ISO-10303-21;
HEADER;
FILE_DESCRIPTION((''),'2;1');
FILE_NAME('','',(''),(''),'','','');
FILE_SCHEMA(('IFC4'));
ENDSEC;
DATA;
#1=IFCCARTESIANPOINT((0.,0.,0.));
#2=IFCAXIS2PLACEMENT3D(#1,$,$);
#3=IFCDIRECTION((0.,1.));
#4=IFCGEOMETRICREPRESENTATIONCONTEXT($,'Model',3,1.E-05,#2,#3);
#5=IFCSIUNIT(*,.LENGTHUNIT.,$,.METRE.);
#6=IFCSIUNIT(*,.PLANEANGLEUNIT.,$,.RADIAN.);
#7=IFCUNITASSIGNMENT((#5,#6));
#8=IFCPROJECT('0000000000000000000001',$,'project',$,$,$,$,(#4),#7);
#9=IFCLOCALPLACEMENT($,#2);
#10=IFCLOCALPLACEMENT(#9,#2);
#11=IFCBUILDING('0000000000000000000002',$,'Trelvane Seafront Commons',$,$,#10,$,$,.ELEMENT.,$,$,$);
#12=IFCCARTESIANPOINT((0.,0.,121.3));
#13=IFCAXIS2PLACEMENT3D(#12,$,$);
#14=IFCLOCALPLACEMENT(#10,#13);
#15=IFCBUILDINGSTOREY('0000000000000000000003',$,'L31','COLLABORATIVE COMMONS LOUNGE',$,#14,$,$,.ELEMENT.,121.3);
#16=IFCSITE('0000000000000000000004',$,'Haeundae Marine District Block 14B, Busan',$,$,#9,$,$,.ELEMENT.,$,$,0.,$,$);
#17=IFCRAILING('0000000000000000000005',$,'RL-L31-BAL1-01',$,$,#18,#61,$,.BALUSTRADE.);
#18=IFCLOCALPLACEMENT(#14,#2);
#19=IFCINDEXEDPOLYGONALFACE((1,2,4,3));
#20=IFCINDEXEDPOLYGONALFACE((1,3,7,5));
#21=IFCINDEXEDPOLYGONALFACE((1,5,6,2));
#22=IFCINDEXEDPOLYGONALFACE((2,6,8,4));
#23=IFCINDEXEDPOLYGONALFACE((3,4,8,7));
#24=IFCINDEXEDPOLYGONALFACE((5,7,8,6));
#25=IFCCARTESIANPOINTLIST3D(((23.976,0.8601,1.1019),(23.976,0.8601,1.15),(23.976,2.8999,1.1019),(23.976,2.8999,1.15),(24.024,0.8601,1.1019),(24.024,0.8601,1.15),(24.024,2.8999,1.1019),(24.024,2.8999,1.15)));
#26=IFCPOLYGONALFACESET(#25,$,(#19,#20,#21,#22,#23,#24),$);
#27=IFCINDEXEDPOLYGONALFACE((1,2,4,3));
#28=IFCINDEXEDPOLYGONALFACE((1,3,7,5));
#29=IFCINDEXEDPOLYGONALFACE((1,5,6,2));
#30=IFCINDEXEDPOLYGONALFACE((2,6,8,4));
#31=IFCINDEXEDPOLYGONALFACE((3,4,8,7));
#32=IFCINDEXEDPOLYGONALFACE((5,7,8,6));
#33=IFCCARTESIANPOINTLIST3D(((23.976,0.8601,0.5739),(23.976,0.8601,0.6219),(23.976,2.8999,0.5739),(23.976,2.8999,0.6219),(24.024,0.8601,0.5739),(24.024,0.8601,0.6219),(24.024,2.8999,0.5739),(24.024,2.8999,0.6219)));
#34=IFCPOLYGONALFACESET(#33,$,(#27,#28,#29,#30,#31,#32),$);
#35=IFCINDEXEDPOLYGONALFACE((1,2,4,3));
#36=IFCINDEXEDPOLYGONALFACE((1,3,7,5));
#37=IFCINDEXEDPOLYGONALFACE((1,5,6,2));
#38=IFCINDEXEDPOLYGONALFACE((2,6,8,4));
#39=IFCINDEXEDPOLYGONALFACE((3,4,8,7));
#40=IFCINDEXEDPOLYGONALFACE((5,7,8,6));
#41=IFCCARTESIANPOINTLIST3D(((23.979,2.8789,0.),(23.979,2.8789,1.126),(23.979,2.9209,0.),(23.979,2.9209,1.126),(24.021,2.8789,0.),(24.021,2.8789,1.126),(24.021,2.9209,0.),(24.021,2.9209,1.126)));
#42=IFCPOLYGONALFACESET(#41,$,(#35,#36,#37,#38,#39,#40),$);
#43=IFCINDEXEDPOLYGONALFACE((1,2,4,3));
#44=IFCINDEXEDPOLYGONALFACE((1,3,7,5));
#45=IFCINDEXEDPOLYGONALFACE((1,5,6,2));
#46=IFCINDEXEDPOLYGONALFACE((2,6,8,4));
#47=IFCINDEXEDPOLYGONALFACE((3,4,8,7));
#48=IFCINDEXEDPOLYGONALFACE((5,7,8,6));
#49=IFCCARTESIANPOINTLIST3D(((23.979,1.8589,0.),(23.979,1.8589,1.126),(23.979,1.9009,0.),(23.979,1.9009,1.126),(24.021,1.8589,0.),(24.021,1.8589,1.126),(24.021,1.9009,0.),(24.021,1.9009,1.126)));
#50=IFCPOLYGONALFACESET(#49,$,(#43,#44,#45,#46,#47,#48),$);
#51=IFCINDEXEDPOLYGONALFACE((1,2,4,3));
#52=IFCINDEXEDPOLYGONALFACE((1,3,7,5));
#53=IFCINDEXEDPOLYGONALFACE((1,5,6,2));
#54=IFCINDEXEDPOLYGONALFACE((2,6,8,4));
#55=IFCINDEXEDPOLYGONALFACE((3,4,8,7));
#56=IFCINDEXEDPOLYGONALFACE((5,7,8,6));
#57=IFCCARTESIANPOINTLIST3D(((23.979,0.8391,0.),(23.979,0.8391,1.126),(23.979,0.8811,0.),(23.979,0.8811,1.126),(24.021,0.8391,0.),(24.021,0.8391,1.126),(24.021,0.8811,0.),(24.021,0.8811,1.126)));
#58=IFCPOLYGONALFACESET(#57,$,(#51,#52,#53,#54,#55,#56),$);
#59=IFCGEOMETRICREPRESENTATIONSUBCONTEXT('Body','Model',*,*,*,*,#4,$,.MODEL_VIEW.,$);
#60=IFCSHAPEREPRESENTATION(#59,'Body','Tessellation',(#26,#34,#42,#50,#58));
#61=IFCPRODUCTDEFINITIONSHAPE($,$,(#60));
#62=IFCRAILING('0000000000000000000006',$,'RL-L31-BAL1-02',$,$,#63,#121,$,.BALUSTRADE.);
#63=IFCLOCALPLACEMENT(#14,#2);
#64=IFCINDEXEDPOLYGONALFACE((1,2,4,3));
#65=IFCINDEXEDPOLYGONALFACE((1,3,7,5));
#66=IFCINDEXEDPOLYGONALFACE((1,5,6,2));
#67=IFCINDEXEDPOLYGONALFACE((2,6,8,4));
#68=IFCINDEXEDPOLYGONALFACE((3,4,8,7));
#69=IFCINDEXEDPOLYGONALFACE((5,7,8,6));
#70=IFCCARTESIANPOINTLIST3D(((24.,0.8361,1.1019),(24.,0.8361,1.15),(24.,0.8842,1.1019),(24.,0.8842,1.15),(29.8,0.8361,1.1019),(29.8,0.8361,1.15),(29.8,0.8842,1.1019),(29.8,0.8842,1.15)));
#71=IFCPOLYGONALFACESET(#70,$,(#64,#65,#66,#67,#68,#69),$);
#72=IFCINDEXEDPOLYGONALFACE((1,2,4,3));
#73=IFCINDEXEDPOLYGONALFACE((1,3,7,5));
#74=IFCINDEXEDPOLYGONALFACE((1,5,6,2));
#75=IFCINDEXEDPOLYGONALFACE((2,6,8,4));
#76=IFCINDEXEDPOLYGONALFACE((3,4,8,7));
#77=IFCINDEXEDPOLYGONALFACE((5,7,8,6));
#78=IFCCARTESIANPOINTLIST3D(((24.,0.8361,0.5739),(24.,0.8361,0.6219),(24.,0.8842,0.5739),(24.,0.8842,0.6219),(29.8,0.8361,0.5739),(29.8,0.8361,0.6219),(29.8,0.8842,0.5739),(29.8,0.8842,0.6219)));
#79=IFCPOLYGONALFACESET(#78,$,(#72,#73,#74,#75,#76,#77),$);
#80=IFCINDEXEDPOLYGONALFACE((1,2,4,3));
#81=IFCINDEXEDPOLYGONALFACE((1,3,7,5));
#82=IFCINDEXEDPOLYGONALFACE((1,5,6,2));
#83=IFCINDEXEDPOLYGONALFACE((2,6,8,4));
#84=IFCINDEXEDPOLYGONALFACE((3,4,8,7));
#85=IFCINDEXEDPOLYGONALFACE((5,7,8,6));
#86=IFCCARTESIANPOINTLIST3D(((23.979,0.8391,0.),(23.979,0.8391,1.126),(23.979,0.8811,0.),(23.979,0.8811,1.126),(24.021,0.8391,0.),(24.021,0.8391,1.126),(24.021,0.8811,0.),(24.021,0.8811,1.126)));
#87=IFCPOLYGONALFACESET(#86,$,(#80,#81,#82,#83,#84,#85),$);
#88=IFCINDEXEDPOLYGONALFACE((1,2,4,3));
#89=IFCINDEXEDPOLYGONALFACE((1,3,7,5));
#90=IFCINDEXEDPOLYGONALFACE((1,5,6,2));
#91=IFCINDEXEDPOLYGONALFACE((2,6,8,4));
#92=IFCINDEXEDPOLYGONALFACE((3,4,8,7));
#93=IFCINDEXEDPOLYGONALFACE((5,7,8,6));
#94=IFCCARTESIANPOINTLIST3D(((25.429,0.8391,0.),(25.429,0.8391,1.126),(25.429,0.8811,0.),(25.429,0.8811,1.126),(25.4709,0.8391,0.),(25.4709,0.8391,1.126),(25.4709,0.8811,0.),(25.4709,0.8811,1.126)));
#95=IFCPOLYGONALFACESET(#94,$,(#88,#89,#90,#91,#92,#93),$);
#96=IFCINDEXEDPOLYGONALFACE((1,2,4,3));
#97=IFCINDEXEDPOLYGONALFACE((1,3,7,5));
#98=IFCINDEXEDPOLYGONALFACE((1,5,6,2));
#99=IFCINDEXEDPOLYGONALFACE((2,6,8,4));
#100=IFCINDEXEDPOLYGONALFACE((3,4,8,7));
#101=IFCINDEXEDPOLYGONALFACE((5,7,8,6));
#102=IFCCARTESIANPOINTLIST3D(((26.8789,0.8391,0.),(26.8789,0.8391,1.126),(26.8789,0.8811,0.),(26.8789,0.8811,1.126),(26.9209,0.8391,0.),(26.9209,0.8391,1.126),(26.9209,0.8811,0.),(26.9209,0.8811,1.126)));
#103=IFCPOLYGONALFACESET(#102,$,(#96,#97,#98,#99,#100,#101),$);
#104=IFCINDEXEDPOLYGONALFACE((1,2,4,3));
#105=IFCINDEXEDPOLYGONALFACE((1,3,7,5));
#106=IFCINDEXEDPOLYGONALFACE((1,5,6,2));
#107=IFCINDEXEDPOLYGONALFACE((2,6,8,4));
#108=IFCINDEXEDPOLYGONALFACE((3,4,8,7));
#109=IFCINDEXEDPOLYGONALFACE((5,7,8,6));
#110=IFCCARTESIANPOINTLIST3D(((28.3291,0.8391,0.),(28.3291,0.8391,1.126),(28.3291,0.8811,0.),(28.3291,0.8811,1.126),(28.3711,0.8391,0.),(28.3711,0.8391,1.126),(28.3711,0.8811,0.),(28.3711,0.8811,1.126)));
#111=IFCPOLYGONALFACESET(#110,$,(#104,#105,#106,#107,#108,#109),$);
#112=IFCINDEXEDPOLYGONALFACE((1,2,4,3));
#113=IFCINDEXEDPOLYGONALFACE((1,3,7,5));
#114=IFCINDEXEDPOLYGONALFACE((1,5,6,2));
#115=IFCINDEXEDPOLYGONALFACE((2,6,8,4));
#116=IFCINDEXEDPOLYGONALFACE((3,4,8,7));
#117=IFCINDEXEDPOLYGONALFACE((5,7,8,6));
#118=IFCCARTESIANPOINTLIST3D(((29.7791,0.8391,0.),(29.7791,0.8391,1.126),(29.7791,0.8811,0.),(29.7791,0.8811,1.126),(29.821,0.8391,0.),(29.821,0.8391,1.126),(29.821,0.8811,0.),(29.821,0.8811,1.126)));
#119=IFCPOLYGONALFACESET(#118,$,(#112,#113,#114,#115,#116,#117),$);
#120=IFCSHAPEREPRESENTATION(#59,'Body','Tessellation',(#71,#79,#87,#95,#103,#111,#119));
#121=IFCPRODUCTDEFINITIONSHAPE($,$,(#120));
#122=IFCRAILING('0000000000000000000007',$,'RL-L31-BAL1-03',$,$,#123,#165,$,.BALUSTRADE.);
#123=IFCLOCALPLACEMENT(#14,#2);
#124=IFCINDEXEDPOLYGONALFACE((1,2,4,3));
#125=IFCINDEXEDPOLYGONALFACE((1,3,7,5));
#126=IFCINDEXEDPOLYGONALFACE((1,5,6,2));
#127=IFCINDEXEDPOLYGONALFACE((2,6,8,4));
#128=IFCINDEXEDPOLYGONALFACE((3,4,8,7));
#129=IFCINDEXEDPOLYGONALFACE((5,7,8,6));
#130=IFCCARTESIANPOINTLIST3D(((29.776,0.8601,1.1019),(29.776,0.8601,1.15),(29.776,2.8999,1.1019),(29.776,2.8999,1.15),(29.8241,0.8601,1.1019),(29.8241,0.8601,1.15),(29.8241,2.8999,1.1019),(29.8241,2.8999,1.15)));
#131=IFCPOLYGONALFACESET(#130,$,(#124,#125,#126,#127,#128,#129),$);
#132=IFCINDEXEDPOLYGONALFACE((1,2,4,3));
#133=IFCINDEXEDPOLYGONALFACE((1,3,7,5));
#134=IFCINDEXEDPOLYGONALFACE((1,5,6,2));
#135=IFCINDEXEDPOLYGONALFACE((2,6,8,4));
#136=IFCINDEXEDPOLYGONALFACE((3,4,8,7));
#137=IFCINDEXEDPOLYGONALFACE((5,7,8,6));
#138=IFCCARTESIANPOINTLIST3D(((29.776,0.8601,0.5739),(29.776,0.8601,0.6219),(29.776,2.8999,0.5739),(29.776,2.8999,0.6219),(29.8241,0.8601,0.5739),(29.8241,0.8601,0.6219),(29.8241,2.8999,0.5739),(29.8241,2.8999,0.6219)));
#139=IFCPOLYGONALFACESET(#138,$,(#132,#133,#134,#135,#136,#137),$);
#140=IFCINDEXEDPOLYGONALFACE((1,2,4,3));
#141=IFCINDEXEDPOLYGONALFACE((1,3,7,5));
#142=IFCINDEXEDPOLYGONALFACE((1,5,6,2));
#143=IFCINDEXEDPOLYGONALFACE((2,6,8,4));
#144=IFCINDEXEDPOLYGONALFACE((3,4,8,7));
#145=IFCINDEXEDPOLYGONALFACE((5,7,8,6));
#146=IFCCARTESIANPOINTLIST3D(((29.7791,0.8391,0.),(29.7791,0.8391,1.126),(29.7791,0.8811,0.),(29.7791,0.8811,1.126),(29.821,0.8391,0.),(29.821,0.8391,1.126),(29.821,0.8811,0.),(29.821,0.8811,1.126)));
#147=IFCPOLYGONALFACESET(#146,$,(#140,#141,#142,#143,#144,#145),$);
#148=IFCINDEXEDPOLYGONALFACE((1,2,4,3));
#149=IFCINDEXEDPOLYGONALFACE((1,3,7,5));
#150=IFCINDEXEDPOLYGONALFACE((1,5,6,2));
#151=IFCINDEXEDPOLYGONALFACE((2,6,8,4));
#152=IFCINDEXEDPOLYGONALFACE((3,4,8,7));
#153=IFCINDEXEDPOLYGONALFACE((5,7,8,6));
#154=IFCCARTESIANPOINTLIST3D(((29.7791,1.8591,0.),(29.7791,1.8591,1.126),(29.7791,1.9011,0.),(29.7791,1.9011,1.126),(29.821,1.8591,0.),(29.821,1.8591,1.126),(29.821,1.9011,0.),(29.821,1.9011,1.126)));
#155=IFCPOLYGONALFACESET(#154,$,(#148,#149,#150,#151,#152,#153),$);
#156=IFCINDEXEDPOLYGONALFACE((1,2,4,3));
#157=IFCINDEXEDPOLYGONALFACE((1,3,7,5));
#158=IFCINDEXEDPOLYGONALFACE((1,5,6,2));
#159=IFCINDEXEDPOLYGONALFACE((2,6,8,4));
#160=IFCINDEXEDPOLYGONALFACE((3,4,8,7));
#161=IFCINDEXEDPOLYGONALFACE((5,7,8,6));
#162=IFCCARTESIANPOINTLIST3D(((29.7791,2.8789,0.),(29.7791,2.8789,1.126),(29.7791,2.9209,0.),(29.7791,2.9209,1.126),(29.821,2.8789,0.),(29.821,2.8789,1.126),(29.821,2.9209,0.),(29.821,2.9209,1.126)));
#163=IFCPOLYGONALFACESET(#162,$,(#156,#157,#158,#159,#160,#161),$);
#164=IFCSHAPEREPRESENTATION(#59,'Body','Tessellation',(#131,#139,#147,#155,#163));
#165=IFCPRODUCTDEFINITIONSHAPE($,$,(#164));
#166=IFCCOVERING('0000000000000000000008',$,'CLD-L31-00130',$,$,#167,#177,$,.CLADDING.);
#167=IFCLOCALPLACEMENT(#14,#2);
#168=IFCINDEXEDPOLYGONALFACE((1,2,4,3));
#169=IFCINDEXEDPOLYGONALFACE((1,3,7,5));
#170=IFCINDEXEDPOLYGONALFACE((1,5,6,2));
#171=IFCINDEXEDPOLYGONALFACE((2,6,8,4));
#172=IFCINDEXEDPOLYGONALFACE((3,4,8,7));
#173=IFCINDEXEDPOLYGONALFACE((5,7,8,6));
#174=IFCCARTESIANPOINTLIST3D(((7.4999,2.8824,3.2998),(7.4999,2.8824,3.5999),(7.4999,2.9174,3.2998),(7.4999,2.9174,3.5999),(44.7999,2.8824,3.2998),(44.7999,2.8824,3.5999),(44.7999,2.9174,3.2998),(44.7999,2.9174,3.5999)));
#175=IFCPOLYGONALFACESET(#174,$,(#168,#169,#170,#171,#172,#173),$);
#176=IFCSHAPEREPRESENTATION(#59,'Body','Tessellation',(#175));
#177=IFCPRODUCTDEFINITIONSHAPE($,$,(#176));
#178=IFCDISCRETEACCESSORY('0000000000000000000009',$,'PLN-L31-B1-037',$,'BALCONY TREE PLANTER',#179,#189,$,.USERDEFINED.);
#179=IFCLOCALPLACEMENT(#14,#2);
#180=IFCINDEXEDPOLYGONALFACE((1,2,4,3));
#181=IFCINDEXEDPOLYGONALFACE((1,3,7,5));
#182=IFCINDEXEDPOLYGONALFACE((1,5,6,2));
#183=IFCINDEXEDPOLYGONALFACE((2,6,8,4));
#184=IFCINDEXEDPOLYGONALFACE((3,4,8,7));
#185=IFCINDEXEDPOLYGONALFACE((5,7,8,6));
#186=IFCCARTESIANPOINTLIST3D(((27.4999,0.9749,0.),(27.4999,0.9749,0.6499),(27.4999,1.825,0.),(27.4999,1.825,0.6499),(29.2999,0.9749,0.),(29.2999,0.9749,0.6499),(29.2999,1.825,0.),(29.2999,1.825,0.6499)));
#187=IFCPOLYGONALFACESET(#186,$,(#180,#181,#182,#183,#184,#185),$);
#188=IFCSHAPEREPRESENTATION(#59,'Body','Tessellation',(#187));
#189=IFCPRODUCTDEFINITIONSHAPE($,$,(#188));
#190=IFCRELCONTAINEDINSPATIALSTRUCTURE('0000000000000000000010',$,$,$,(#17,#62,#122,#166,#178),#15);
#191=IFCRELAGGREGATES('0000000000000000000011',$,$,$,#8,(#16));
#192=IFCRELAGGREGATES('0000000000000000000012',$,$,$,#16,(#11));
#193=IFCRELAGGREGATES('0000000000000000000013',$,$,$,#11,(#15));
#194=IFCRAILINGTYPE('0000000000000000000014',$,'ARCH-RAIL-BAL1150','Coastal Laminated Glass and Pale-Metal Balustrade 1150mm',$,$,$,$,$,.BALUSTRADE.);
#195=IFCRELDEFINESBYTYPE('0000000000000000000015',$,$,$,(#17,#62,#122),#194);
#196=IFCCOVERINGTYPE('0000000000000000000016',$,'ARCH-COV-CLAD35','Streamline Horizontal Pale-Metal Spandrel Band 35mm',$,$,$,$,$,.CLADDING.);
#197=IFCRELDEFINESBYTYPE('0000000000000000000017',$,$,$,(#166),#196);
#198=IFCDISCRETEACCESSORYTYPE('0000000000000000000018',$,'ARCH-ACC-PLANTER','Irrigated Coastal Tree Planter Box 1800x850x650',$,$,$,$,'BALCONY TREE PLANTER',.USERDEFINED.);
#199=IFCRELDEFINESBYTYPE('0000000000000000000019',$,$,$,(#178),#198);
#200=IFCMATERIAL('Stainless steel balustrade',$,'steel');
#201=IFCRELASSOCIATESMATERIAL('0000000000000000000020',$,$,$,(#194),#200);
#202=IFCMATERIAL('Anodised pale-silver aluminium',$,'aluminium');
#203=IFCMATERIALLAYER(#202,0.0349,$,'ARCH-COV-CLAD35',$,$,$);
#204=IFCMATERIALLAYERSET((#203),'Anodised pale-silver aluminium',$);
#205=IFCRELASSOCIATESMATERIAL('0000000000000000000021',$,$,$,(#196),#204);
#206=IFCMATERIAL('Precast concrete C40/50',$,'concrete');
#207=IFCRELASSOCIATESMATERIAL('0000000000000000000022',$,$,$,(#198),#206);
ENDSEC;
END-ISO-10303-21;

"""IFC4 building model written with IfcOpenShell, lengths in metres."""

from ifc_helpers import new_model, si_unit, direction, frame, origin, origin_2d, place, context, subcontext, project, spatial, rectangle, extrude, source, transform, mapped, material, layer, layer_set, type_object, element, save


model = new_model("IFC4")

# Units and contexts
model_context = context("Model", 3, precision=1e-05, world=origin(), true_north=direction((0.0, 1.0)))
body_context = subcontext(model_context, "Body", "Model", "MODEL_VIEW")
ifc_project = project(units=[si_unit("LENGTHUNIT", "METRE"), si_unit("PLANEANGLEUNIT", "RADIAN")], contexts=[model_context])

# Site, building, storey
site_placement = place(None, origin())
site = spatial("IfcSite", under=ifc_project, at=site_placement, Name="Haeundae Marine District Block 14B, Busan", CompositionType="ELEMENT", RefElevation=0.0)
building_placement = place(site_placement, origin())
building = spatial("IfcBuilding", under=site, at=building_placement, Name="Trelvane Seafront Commons", CompositionType="ELEMENT")
storey_placement = place(building_placement, frame((0.0, 0.0, 121.3)))
storey = spatial("IfcBuildingStorey", under=building, at=storey_placement, Name="L31", Description="COLLABORATIVE COMMONS LOUNGE", CompositionType="ELEMENT", Elevation=121.3)

# Shared definitions
ifc_material_1 = material(Name="Anodised pale-silver aluminium", Category="aluminium")

# Railings
ifc_material_2 = material(Name="Stainless steel balustrade", Category="steel")
railing_type = type_object("IfcRailingType", Name="ARCH-RAIL-BAL1150", Description="Coastal Laminated Glass and Pale-Metal Balustrade 1150mm", PredefinedType="BALUSTRADE", material=ifc_material_2)
railing_1_placement = place(storey_placement, frame((24.0, 2.8999, 0.0)))
element("IfcRailing", 1, at=railing_1_placement, inside=storey, type_object=railing_type, Name="RL-L31-BAL1-01", PredefinedType="BALUSTRADE", context=body_context, shape_type="SweptSolid", body=[
    extrude(rectangle(XDim=0.0481, YDim=0.0481, at=origin_2d()), frame((0.0, 0.0, 1.126), z_axis=(0.0, -1.0, 0.0), x_axis=(1.0, 0.0, 0.0)), (0.0, 0.0, 1.0), 2.0398),
    extrude(rectangle(XDim=0.0481, YDim=0.0481, at=origin_2d()), frame((0.0, 0.0, 0.5979), z_axis=(0.0, -1.0, 0.0), x_axis=(1.0, 0.0, 0.0)), (0.0, 0.0, 1.0), 2.0398),
    extrude(rectangle(XDim=0.042, YDim=0.042, at=origin_2d()), origin(), (0.0, 0.0, 1.0), 1.126),
    extrude(rectangle(XDim=0.042, YDim=0.042, at=origin_2d()), frame((0.0, -1.02, 0.0)), (0.0, 0.0, 1.0), 1.126),
    extrude(rectangle(XDim=0.042, YDim=0.042, at=origin_2d()), frame((0.0, -2.0398, 0.0)), (0.0, 0.0, 1.0), 1.126),
])
railing_2_placement = place(storey_placement, frame((24.0, 0.8601, 0.0)))
element("IfcRailing", 2, at=railing_2_placement, inside=storey, type_object=railing_type, Name="RL-L31-BAL1-02", PredefinedType="BALUSTRADE", context=body_context, shape_type="SweptSolid", body=[
    extrude(rectangle(XDim=0.0481, YDim=0.0481, at=origin_2d()), frame((0.0, 0.0, 1.126), z_axis=(1.0, 0.0, 0.0), x_axis=(0.0, 1.0, 0.0)), (0.0, 0.0, 1.0), 5.8),
    extrude(rectangle(XDim=0.0481, YDim=0.0481, at=origin_2d()), frame((0.0, 0.0, 0.5979), z_axis=(1.0, 0.0, 0.0), x_axis=(0.0, 1.0, 0.0)), (0.0, 0.0, 1.0), 5.8),
    extrude(rectangle(XDim=0.042, YDim=0.042, at=origin_2d()), origin(), (0.0, 0.0, 1.0), 1.126),
    extrude(rectangle(XDim=0.042, YDim=0.042, at=origin_2d()), frame((1.45, 0.0, 0.0)), (0.0, 0.0, 1.0), 1.126),
    extrude(rectangle(XDim=0.042, YDim=0.042, at=origin_2d()), frame((2.8999, 0.0, 0.0)), (0.0, 0.0, 1.0), 1.126),
    extrude(rectangle(XDim=0.042, YDim=0.042, at=origin_2d()), frame((4.3501, 0.0, 0.0)), (0.0, 0.0, 1.0), 1.126),
    extrude(rectangle(XDim=0.042, YDim=0.042, at=origin_2d()), frame((5.8, 0.0, 0.0)), (0.0, 0.0, 1.0), 1.126),
])
railing_3_placement = place(storey_placement, frame((29.8, 0.8601, 0.0)))
element("IfcRailing", 3, at=railing_3_placement, inside=storey, type_object=railing_type, Name="RL-L31-BAL1-03", PredefinedType="BALUSTRADE", context=body_context, shape_type="SweptSolid", body=[
    extrude(rectangle(XDim=0.0481, YDim=0.0481, at=origin_2d()), frame((0.0, 0.0, 1.126), z_axis=(0.0, 1.0, 0.0), x_axis=(-1.0, 0.0, 0.0)), (0.0, 0.0, 1.0), 2.0398),
    extrude(rectangle(XDim=0.0481, YDim=0.0481, at=origin_2d()), frame((0.0, 0.0, 0.5979), z_axis=(0.0, 1.0, 0.0), x_axis=(-1.0, 0.0, 0.0)), (0.0, 0.0, 1.0), 2.0398),
    extrude(rectangle(XDim=0.042, YDim=0.042, at=origin_2d()), origin(), (0.0, 0.0, 1.0), 1.126),
    extrude(rectangle(XDim=0.042, YDim=0.042, at=origin_2d()), frame((0.0, 1.02, 0.0)), (0.0, 0.0, 1.0), 1.126),
    extrude(rectangle(XDim=0.042, YDim=0.042, at=origin_2d()), frame((0.0, 2.0398, 0.0)), (0.0, 0.0, 1.0), 1.126),
])

# Covering
ifc_layer_1 = layer(ifc_material_1, 0.0349, Name="ARCH-COV-CLAD35")
ifc_layer_set_1 = layer_set([ifc_layer_1], Name="Anodised pale-silver aluminium")
covering_type = type_object("IfcCoveringType", Name="ARCH-COV-CLAD35", Description="Streamline Horizontal Pale-Metal Spandrel Band 35mm", PredefinedType="CLADDING", material=ifc_layer_set_1)
shared_shape_1 = source(origin(), body_context, "Body", "SweptSolid", [
    extrude(rectangle(XDim=37.3, YDim=0.0349, at=origin_2d()), origin(), (0.0, 0.0, 1.0), 0.3),
])
covering_placement = place(storey_placement, frame((26.1499, 2.8999, 3.2998), z_axis=(0.0, 0.0, 1.0), x_axis=(-1.0, 0.0, 0.0)))
element("IfcCovering", 4, at=covering_placement, inside=storey, type_object=covering_type, Name="CLD-L31-00130", PredefinedType="CLADDING", context=body_context, shape_type="MappedRepresentation", body=[
    mapped(shared_shape_1, transform((0.0, 0.0, 0.0), x_axis=(1.0, 0.0, 0.0), y_axis=(0.0, 1.0, 0.0), z_axis=(0.0, 0.0, 1.0), scale=1.0)),
])

# Discrete accessory
ifc_material_3 = material(Name="Precast concrete C40/50", Category="concrete")
discrete_accessory_type = type_object("IfcDiscreteAccessoryType", Name="ARCH-ACC-PLANTER", Description="Irrigated Coastal Tree Planter Box 1800x850x650", ElementType="BALCONY TREE PLANTER", PredefinedType="USERDEFINED", material=ifc_material_3)
shared_shape_2 = source(origin(), body_context, "Body", "SweptSolid", [
    extrude(rectangle(XDim=1.8, YDim=0.8501, at=origin_2d()), origin(), (0.0, 0.0, 1.0), 0.6499),
])
discrete_accessory_placement = place(storey_placement, frame((28.3999, 1.3999, 0.0), z_axis=(0.0, 0.0, 1.0), x_axis=(1.0, 0.0, 0.0)))
element("IfcDiscreteAccessory", 5, at=discrete_accessory_placement, inside=storey, type_object=discrete_accessory_type, Name="PLN-L31-B1-037", ObjectType="BALCONY TREE PLANTER", PredefinedType="USERDEFINED", context=body_context, shape_type="MappedRepresentation", body=[
    mapped(shared_shape_2, transform((0.0, 0.0, 0.0), x_axis=(1.0, 0.0, 0.0), y_axis=(0.0, 1.0, 0.0), z_axis=(0.0, 0.0, 1.0), scale=1.0)),
])

save(model, "model.ifc")
